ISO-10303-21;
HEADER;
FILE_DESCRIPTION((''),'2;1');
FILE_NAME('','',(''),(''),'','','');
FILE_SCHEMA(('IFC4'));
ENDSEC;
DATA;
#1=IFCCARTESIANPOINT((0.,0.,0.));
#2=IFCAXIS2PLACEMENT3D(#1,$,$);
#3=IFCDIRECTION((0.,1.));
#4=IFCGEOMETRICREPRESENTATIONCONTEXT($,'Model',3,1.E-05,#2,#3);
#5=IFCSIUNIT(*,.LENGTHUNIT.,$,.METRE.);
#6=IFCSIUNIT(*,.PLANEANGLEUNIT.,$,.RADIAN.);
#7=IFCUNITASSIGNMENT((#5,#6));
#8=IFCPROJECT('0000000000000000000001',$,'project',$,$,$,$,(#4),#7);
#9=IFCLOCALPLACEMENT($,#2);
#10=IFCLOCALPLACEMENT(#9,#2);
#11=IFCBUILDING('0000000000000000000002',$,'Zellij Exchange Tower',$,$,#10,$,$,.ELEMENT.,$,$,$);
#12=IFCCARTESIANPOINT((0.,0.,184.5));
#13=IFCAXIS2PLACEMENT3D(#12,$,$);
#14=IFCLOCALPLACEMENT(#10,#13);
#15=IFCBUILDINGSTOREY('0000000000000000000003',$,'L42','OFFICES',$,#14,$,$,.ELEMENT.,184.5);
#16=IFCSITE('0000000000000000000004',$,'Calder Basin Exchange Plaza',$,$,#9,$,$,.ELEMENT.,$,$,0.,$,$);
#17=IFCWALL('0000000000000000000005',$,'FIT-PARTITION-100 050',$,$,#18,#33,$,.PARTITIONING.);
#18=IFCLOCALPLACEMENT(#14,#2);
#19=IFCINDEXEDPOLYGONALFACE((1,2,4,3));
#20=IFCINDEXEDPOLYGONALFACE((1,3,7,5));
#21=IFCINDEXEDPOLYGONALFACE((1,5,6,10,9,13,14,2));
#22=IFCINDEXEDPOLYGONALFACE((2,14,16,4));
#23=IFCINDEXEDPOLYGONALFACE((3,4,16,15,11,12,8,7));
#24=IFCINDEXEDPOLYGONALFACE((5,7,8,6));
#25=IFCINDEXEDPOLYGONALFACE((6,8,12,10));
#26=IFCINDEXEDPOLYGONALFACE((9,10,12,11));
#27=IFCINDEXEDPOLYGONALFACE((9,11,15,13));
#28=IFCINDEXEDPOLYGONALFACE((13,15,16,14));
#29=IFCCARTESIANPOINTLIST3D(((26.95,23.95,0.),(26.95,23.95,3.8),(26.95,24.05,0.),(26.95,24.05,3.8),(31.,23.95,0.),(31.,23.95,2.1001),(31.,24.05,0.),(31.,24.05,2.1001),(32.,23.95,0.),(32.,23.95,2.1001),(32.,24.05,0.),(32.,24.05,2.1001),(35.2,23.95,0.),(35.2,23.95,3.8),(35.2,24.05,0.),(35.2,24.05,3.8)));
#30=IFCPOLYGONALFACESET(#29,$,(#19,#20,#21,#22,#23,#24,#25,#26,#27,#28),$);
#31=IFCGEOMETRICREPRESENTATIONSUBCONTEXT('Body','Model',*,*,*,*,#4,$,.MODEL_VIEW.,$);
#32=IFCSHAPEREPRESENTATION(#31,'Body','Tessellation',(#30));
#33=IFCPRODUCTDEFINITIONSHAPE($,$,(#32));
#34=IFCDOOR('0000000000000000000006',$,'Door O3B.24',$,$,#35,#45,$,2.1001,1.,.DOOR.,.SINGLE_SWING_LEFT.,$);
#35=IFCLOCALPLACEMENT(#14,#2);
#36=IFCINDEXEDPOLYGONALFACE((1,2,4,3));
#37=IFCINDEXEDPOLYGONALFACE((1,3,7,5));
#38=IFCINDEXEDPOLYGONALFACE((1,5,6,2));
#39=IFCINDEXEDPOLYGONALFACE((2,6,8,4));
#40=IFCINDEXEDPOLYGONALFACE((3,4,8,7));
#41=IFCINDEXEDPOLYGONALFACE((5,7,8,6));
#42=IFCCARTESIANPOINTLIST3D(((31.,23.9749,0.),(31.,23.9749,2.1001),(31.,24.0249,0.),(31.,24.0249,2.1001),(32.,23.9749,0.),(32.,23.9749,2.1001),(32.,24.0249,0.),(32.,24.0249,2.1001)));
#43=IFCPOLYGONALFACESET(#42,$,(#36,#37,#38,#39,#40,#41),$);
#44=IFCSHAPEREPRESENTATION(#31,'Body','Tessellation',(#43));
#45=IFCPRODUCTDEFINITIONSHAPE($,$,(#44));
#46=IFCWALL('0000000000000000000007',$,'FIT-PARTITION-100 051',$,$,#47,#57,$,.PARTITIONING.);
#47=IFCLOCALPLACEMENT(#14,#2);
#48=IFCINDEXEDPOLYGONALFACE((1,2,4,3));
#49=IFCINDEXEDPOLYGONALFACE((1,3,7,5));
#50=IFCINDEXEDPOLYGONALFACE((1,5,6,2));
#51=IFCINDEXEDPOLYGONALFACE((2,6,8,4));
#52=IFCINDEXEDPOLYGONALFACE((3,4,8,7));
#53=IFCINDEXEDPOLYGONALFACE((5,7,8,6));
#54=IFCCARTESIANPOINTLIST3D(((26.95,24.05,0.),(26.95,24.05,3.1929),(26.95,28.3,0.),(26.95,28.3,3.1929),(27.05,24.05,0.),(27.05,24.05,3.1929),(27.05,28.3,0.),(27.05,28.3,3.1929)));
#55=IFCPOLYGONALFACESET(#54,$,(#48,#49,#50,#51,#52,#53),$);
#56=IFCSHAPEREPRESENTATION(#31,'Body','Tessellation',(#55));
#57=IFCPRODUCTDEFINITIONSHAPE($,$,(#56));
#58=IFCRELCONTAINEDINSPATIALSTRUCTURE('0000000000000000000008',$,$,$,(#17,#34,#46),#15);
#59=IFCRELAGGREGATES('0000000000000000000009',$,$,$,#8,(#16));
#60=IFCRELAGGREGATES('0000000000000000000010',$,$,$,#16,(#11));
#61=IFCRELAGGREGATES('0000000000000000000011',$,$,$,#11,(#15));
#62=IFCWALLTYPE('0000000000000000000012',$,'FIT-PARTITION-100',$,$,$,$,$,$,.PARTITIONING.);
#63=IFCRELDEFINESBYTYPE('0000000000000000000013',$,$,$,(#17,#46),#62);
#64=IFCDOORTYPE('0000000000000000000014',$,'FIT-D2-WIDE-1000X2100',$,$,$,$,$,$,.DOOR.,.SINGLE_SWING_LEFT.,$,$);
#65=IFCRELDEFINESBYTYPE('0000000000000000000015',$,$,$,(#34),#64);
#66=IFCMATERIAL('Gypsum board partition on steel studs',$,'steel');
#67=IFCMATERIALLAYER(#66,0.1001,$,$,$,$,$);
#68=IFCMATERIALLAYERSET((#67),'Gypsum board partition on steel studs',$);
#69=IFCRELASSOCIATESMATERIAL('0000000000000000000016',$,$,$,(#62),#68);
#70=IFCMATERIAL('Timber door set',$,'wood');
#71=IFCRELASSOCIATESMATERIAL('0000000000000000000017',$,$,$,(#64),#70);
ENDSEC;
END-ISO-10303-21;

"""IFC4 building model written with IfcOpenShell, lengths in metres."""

from ifc_helpers import new_model, si_unit, direction, frame, frame_2d, origin, place, context, subcontext, project, spatial, rectangle, extrude, material, layer, layer_set, type_object, element, fill, save


model = new_model("IFC4")

# Units and contexts
model_context = context("Model", 3, precision=1e-05, world=origin(), true_north=direction((0.0, 1.0)))
body_context = subcontext(model_context, "Body", "Model", "MODEL_VIEW")
ifc_project = project(units=[si_unit("LENGTHUNIT", "METRE"), si_unit("PLANEANGLEUNIT", "RADIAN")], contexts=[model_context])

# Site, building, storey
site_placement = place(None, origin())
site = spatial("IfcSite", under=ifc_project, at=site_placement, Name="Calder Basin Exchange Plaza", CompositionType="ELEMENT", RefElevation=0.0)
building_placement = place(site_placement, origin())
building = spatial("IfcBuilding", under=site, at=building_placement, Name="Zellij Exchange Tower", CompositionType="ELEMENT")
storey_placement = place(building_placement, frame((0.0, 0.0, 184.5)))
storey = spatial("IfcBuildingStorey", under=building, at=storey_placement, Name="L42", Description="OFFICES", CompositionType="ELEMENT", Elevation=184.5)

# Shared definitions
ifc_material_1 = material(Name="Gypsum board partition on steel studs", Category="steel")
ifc_layer = layer(ifc_material_1, 0.1001)
ifc_layer_set = layer_set([ifc_layer], Name="Gypsum board partition on steel studs")
wall_type = type_object("IfcWallType", Name="FIT-PARTITION-100", PredefinedType="PARTITIONING", material=ifc_layer_set)

# Wall, opening, door
wall_1_placement = place(storey_placement, frame((26.95, 24.0, 0.0), z_axis=(0.0, 0.0, 1.0), x_axis=(1.0, 0.0, 0.0)))
wall_1 = element("IfcWall", 1, at=wall_1_placement, inside=storey, type_object=wall_type, Name="FIT-PARTITION-100 050", PredefinedType="PARTITIONING", context=body_context, shape_type="SweptSolid", body=[
    extrude(rectangle(XDim=8.25, YDim=0.1001, at=frame_2d((4.125, 0.0))), origin(), (0.0, 0.0, 1.0), 3.8),
])
opening_placement = place(wall_1_placement, frame((4.05, 0.0, 0.0)))
opening = element("IfcOpeningElement", 2, at=opening_placement, cuts=wall_1, PredefinedType="OPENING", context=body_context, shape_type="SweptSolid", body=[
    extrude(rectangle(XDim=1.0, YDim=2.1001, at=frame_2d((0.5, 1.05))), frame((0.0, 0.062, 0.0), z_axis=(0.0, -1.0, 0.0), x_axis=(1.0, 0.0, 0.0)), (0.0, 0.0, 1.0), 0.124),
])
ifc_material_2 = material(Name="Timber door set", Category="wood")
door_type = type_object("IfcDoorType", Name="FIT-D2-WIDE-1000X2100", OperationType="SINGLE_SWING_LEFT", PredefinedType="DOOR", material=ifc_material_2)
door_placement = place(opening_placement, origin())
door = element("IfcDoor", 3, at=door_placement, inside=storey, type_object=door_type, Name="Door O3B.24", OperationType="SINGLE_SWING_LEFT", OverallHeight=2.1001, OverallWidth=1.0, PredefinedType="DOOR", context=body_context, shape_type="SweptSolid", body=[
    extrude(rectangle(XDim=1.0, YDim=2.1001, at=frame_2d((0.5, 1.05))), frame((0.0, 0.0249, 0.0), z_axis=(0.0, -1.0, 0.0), x_axis=(1.0, 0.0, 0.0)), (0.0, 0.0, 1.0), 0.05),
])
fill(opening, door)

# Wall
wall_2_placement = place(storey_placement, frame((27.0, 24.05, 0.0), z_axis=(0.0, 0.0, 1.0), x_axis=(0.0, 1.0, 0.0)))
element("IfcWall", 4, at=wall_2_placement, inside=storey, type_object=wall_type, Name="FIT-PARTITION-100 051", PredefinedType="PARTITIONING", context=body_context, shape_type="SweptSolid", body=[
    extrude(rectangle(XDim=4.25, YDim=0.1001, at=frame_2d((2.125, 0.0))), origin(), (0.0, 0.0, 1.0), 3.1929),
])

save(model, "model.ifc")
